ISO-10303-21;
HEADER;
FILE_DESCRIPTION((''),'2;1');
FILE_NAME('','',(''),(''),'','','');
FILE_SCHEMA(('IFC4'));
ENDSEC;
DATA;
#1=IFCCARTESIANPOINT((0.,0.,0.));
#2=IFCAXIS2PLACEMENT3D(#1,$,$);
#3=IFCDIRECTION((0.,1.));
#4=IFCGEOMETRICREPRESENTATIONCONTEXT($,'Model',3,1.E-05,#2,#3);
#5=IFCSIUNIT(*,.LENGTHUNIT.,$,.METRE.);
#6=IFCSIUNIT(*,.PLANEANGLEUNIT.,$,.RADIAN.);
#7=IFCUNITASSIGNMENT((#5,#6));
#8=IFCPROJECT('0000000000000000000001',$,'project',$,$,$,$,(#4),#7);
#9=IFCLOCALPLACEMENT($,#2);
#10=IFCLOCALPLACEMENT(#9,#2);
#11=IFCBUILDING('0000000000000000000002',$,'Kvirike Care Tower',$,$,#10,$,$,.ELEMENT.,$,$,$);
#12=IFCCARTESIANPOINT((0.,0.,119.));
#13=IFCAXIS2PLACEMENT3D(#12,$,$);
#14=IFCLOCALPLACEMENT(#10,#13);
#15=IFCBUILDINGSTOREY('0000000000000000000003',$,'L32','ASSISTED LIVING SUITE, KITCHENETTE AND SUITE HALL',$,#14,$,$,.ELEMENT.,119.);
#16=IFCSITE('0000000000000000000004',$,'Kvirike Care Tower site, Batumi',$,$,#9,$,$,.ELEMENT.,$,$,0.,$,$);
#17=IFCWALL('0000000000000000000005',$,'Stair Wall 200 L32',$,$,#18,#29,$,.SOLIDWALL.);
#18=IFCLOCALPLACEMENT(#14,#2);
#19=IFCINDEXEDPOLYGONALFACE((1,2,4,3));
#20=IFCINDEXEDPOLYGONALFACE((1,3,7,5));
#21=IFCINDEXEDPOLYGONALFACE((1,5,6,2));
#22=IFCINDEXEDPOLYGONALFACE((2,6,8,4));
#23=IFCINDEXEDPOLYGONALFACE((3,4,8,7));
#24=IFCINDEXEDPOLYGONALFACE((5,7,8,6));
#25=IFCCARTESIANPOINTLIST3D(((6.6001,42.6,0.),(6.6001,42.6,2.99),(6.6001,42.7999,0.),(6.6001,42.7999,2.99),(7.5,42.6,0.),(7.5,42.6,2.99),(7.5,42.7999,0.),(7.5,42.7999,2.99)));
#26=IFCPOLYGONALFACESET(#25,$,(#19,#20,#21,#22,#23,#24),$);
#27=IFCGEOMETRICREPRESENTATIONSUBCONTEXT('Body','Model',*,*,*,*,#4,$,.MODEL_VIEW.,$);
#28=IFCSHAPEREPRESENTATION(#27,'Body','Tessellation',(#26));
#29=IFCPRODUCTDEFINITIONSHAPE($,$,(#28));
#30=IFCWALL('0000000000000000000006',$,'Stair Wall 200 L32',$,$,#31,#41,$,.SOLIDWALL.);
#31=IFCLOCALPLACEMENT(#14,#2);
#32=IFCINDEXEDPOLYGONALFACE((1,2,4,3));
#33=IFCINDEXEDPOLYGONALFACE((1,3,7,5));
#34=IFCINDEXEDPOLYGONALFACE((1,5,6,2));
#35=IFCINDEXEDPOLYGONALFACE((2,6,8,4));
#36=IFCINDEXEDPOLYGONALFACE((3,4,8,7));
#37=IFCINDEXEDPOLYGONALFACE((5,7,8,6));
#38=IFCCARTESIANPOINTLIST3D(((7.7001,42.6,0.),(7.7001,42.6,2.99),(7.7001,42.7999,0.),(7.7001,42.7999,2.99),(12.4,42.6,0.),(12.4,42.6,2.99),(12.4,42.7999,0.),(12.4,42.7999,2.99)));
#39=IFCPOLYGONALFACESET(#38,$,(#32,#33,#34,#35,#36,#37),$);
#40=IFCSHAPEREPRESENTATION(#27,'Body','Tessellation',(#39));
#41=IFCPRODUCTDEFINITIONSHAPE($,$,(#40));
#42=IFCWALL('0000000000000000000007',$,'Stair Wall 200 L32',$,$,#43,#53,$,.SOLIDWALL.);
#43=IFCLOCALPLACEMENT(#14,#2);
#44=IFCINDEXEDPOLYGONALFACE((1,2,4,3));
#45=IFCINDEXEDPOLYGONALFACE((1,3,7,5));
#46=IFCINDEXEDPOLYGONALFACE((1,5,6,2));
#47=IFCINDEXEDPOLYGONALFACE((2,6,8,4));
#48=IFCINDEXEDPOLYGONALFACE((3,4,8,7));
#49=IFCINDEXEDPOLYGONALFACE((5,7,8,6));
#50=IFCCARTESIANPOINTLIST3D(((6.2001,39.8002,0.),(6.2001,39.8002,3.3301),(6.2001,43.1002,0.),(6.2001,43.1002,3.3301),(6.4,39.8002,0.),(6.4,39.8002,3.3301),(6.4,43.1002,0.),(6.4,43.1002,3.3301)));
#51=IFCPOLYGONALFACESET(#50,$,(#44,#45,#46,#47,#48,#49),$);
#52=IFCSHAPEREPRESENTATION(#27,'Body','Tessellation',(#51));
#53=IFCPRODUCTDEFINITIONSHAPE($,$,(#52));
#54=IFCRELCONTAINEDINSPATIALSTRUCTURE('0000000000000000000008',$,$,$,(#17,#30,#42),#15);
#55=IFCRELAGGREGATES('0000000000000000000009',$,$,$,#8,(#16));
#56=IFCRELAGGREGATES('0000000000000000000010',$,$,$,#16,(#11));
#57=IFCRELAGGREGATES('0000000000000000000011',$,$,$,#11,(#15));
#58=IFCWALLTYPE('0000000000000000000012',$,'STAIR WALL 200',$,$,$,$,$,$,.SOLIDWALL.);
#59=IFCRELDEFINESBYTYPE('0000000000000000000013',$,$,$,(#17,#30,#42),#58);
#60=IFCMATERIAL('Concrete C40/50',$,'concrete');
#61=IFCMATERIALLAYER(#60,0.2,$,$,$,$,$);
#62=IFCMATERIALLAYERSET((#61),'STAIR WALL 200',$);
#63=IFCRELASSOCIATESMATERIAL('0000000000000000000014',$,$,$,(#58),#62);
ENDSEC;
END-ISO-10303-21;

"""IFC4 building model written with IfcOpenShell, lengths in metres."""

from ifc_helpers import new_model, si_unit, direction, frame, frame_2d, origin, place, context, subcontext, project, spatial, rectangle, extrude, material, layer, layer_set, type_object, element, save


model = new_model("IFC4")

# Units and contexts
model_context = context("Model", 3, precision=1e-05, world=origin(), true_north=direction((0.0, 1.0)))
body_context = subcontext(model_context, "Body", "Model", "MODEL_VIEW")
ifc_project = project(units=[si_unit("LENGTHUNIT", "METRE"), si_unit("PLANEANGLEUNIT", "RADIAN")], contexts=[model_context])

# Site, building, storey
site_placement = place(None, origin())
site = spatial("IfcSite", under=ifc_project, at=site_placement, Name="Kvirike Care Tower site, Batumi", CompositionType="ELEMENT", RefElevation=0.0)
building_placement = place(site_placement, origin())
building = spatial("IfcBuilding", under=site, at=building_placement, Name="Kvirike Care Tower", CompositionType="ELEMENT")
storey_placement = place(building_placement, frame((0.0, 0.0, 119.0)))
storey = spatial("IfcBuildingStorey", under=building, at=storey_placement, Name="L32", Description="ASSISTED LIVING SUITE, KITCHENETTE AND SUITE HALL", CompositionType="ELEMENT", Elevation=119.0)

# Walls
ifc_material_1 = material(Name="Concrete C40/50", Category="concrete")
ifc_layer_1 = layer(ifc_material_1, 0.2)
ifc_layer_set_1 = layer_set([ifc_layer_1], Name="STAIR WALL 200")
wall_type_1 = type_object("IfcWallType", Name="STAIR WALL 200", PredefinedType="SOLIDWALL", material=ifc_layer_set_1)
wall_1_placement = place(storey_placement, frame((6.6001, 42.7, 0.0), z_axis=(0.0, 0.0, 1.0), x_axis=(1.0, 0.0, 0.0)))
element("IfcWall", 1, at=wall_1_placement, inside=storey, type_object=wall_type_1, Name="Stair Wall 200 L32", PredefinedType="SOLIDWALL", context=body_context, shape_type="SweptSolid", body=[
    extrude(rectangle(XDim=0.8999, YDim=0.2, at=frame_2d((0.45, 0.0))), origin(), (0.0, 0.0, 1.0), 2.99),
])
wall_2_placement = place(storey_placement, frame((7.7, 42.7, 0.0), z_axis=(0.0, 0.0, 1.0), x_axis=(1.0, 0.0, 0.0)))
element("IfcWall", 2, at=wall_2_placement, inside=storey, type_object=wall_type_1, Name="Stair Wall 200 L32", PredefinedType="SOLIDWALL", context=body_context, shape_type="SweptSolid", body=[
    extrude(rectangle(XDim=4.7, YDim=0.2, at=frame_2d((2.3501, 0.0))), origin(), (0.0, 0.0, 1.0), 2.99),
])
wall_3_placement = place(storey_placement, frame((6.3, 43.1001, 0.0), z_axis=(0.0, 0.0, 1.0), x_axis=(0.0, -1.0, 0.0)))
element("IfcWall", 3, at=wall_3_placement, inside=storey, type_object=wall_type_1, Name="Stair Wall 200 L32", PredefinedType="SOLIDWALL", context=body_context, shape_type="SweptSolid", body=[
    extrude(rectangle(XDim=3.3, YDim=0.2, at=frame_2d((1.6499, 0.0))), origin(), (0.0, 0.0, 1.0), 3.3301),
])

save(model, "model.ifc")
